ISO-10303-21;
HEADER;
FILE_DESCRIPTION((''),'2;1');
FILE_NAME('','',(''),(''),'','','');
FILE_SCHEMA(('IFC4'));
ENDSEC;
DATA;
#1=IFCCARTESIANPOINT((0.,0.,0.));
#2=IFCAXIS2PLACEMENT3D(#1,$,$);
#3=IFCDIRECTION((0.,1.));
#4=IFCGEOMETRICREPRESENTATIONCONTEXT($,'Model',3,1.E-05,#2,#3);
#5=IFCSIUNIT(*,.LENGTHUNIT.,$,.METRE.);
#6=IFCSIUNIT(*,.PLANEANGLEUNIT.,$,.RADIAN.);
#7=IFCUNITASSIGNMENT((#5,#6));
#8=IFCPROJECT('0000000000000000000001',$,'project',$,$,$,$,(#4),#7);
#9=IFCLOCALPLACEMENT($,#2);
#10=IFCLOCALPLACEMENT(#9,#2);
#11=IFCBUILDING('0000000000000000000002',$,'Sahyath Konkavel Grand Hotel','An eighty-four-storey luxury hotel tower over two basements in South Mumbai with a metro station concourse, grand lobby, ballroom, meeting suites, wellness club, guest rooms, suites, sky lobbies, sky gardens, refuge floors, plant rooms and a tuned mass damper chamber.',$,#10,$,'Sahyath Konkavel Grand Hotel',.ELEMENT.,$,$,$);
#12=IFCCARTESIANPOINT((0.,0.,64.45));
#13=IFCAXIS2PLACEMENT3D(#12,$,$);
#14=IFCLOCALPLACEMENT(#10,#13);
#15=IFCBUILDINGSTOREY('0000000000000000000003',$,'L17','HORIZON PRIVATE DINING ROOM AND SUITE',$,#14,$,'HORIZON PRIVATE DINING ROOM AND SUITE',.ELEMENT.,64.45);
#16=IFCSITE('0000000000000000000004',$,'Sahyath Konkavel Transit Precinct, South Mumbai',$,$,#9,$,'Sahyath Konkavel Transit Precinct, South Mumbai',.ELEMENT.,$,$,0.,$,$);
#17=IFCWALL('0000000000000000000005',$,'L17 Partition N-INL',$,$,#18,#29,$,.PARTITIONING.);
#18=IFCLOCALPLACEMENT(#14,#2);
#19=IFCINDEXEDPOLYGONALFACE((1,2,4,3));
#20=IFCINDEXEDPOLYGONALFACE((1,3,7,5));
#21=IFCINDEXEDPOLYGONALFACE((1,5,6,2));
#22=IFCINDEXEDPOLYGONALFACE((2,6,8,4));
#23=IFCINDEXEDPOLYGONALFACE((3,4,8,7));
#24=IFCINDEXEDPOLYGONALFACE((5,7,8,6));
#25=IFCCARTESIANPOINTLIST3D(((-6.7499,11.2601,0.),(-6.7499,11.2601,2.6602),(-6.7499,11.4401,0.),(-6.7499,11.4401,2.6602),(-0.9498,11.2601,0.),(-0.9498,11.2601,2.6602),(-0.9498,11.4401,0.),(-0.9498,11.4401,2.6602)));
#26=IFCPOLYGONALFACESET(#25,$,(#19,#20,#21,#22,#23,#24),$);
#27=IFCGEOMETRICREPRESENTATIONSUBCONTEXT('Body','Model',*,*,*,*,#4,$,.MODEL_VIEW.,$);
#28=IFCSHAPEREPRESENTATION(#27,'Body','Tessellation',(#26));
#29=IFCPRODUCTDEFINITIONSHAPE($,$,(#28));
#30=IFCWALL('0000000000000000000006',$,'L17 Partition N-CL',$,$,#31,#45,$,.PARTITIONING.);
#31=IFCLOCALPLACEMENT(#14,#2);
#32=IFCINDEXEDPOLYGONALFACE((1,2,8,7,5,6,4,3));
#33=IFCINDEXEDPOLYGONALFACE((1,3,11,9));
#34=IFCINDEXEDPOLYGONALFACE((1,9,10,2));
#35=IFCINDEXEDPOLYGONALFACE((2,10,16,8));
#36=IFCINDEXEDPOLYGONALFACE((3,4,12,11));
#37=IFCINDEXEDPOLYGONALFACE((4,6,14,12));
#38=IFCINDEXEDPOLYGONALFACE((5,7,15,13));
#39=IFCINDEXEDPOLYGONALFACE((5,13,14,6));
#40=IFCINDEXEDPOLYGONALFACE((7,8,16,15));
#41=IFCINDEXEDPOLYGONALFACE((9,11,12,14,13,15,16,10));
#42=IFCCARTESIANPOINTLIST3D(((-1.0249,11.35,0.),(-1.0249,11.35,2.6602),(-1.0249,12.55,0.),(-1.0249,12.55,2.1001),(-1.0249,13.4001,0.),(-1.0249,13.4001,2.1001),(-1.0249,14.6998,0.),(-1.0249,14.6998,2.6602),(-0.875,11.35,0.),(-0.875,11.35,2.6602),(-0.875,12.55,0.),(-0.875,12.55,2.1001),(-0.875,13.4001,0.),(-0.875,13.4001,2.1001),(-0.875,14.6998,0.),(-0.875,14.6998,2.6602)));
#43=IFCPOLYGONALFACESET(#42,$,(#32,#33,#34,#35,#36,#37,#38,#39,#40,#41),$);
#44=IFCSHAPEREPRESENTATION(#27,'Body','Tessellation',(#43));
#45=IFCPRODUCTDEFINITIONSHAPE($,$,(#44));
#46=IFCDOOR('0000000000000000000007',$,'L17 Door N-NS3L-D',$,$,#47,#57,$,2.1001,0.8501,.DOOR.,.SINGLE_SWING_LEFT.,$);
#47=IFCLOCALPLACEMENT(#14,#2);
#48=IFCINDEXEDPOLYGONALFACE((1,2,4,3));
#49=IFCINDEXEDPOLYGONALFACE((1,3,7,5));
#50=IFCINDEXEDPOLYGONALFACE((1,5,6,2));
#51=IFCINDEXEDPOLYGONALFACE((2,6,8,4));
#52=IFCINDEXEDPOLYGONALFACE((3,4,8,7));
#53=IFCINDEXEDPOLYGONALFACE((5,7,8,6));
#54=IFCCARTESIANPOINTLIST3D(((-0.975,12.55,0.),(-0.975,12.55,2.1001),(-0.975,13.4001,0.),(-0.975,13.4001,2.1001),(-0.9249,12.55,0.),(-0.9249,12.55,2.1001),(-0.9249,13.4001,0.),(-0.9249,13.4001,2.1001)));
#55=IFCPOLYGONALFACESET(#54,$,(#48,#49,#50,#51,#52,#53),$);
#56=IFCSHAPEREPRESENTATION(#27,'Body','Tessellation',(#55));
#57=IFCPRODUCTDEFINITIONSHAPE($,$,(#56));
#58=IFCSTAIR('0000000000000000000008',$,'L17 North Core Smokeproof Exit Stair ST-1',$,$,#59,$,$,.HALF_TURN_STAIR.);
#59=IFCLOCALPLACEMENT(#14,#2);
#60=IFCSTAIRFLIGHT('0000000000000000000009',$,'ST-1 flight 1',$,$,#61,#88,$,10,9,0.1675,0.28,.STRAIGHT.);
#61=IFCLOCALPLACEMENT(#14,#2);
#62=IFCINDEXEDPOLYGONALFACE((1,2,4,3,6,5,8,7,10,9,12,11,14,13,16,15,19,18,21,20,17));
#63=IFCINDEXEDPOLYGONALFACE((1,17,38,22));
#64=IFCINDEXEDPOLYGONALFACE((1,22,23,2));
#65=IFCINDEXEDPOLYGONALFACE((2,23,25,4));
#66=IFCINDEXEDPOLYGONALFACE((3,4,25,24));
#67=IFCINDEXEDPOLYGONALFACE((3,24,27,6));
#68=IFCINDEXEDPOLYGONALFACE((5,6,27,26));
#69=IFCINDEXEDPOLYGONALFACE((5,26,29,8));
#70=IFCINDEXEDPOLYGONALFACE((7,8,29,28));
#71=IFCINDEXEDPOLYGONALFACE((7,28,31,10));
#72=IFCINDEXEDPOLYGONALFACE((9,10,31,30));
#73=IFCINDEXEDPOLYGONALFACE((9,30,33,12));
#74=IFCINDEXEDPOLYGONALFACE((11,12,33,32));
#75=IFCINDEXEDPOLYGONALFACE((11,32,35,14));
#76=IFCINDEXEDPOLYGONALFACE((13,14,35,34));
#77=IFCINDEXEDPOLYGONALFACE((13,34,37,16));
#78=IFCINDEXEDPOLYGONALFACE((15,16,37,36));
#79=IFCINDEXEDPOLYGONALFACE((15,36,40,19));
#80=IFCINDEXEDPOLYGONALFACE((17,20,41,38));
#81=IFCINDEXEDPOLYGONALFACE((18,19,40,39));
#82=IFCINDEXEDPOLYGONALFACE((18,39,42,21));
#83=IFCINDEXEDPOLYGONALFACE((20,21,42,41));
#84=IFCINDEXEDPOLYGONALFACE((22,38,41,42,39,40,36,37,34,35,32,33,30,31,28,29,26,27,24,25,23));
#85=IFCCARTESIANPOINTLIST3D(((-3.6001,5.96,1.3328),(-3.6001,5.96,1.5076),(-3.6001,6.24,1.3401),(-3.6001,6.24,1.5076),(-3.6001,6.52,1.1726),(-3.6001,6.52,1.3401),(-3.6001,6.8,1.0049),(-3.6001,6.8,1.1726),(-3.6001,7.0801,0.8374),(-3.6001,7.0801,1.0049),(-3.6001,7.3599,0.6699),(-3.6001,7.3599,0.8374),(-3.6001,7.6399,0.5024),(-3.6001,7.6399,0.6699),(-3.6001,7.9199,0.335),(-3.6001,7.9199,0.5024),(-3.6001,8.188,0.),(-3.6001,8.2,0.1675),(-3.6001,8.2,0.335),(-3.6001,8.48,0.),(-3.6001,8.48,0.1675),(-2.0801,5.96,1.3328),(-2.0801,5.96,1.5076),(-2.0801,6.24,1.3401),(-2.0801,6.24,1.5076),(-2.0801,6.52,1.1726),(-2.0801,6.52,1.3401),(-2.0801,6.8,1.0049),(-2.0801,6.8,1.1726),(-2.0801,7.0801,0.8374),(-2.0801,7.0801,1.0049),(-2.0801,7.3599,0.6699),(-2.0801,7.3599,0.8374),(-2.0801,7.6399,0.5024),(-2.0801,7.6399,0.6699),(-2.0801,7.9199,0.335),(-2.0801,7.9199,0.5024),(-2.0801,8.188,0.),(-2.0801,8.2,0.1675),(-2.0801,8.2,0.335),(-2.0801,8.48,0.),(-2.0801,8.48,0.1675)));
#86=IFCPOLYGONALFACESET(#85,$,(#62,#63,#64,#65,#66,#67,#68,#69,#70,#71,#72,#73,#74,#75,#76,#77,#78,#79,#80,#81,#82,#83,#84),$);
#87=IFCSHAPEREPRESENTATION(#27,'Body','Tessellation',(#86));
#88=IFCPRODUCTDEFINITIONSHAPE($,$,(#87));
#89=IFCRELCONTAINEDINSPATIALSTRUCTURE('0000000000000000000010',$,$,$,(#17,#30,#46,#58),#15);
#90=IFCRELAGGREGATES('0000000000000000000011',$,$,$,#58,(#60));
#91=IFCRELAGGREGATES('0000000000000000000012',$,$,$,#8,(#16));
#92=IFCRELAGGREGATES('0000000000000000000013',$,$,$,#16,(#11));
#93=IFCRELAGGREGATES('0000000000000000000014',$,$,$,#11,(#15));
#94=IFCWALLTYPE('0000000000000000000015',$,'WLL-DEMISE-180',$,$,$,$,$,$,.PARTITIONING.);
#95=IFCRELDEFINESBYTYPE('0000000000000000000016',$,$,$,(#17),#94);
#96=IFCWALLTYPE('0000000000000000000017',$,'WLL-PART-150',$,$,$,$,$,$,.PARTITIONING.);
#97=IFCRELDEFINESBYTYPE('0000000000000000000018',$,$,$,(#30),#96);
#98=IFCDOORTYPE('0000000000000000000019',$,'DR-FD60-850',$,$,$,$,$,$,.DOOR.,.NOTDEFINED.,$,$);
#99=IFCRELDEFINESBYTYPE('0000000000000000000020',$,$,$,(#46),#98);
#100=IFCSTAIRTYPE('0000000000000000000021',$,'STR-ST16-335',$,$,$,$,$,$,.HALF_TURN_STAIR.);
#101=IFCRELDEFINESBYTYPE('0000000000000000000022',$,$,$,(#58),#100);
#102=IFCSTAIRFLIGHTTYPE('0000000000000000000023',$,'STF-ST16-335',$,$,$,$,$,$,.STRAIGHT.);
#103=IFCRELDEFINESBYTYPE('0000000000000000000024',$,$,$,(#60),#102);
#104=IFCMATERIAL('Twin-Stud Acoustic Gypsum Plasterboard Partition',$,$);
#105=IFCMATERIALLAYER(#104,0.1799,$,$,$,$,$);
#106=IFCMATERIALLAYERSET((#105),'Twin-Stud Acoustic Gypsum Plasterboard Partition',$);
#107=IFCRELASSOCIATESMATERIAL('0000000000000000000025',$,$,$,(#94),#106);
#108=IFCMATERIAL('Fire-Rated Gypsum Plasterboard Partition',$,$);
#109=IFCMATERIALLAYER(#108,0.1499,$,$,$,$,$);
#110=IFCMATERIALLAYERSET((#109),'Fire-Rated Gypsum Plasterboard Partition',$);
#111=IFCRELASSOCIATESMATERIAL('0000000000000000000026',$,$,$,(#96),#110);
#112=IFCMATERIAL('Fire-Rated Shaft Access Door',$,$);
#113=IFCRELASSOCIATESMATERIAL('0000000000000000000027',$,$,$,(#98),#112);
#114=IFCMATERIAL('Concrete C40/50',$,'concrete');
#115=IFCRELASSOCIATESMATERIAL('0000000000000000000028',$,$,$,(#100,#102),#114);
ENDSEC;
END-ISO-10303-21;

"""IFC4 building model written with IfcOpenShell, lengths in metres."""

from ifc_helpers import new_model, si_unit, direction, frame, frame_2d, origin, origin_2d, place, context, subcontext, project, spatial, polyline, rectangle, outline, extrude, source, transform, mapped, material, layer, layer_set, type_object, element, fill, aggregate, save


model = new_model("IFC4")

# Units and contexts
model_context = context("Model", 3, precision=1e-05, world=origin(), true_north=direction((0.0, 1.0)))
body_context = subcontext(model_context, "Body", "Model", "MODEL_VIEW")
ifc_project = project(units=[si_unit("LENGTHUNIT", "METRE"), si_unit("PLANEANGLEUNIT", "RADIAN")], contexts=[model_context])

# Site, building, storey
site_placement = place(None, origin())
site = spatial("IfcSite", under=ifc_project, at=site_placement, Name="Sahyath Konkavel Transit Precinct, South Mumbai", LongName="Sahyath Konkavel Transit Precinct, South Mumbai", CompositionType="ELEMENT", RefElevation=0.0)
building_placement = place(site_placement, origin())
building = spatial("IfcBuilding", under=site, at=building_placement, Name="Sahyath Konkavel Grand Hotel", Description="An eighty-four-storey luxury hotel tower over two basements in South Mumbai with a metro station concourse, grand lobby, ballroom, meeting suites, wellness club, guest rooms, suites, sky lobbies, sky gardens, refuge floors, plant rooms and a tuned mass damper chamber.", LongName="Sahyath Konkavel Grand Hotel", CompositionType="ELEMENT")
storey_placement = place(building_placement, frame((0.0, 0.0, 64.45)))
storey = spatial("IfcBuildingStorey", under=building, at=storey_placement, Name="L17", Description="HORIZON PRIVATE DINING ROOM AND SUITE", LongName="HORIZON PRIVATE DINING ROOM AND SUITE", CompositionType="ELEMENT", Elevation=64.45)

# Wall
ifc_material_1 = material(Name="Twin-Stud Acoustic Gypsum Plasterboard Partition")
ifc_layer_1 = layer(ifc_material_1, 0.1799)
ifc_layer_set_1 = layer_set([ifc_layer_1], Name="Twin-Stud Acoustic Gypsum Plasterboard Partition")
wall_type_1 = type_object("IfcWallType", Name="WLL-DEMISE-180", PredefinedType="PARTITIONING", material=ifc_layer_set_1)
wall_1_placement = place(storey_placement, frame((-0.95, 11.3501, 0.0), z_axis=(0.0, 0.0, 1.0), x_axis=(-1.0, 0.0, 0.0)))
element("IfcWall", 1, at=wall_1_placement, inside=storey, type_object=wall_type_1, Name="L17 Partition N-INL", PredefinedType="PARTITIONING", context=body_context, shape_type="SweptSolid", body=[
    extrude(rectangle(XDim=5.8, YDim=0.1799, at=frame_2d((2.8999, 0.0))), origin(), (0.0, 0.0, 1.0), 2.6602),
])

# Wall, opening, door
ifc_material_2 = material(Name="Fire-Rated Gypsum Plasterboard Partition")
ifc_layer_2 = layer(ifc_material_2, 0.1499)
ifc_layer_set_2 = layer_set([ifc_layer_2], Name="Fire-Rated Gypsum Plasterboard Partition")
wall_type_2 = type_object("IfcWallType", Name="WLL-PART-150", PredefinedType="PARTITIONING", material=ifc_layer_set_2)
wall_2_placement = place(storey_placement, frame((-0.95, 11.3501, 0.0), z_axis=(0.0, 0.0, 1.0), x_axis=(0.0, 1.0, 0.0)))
wall_2 = element("IfcWall", 2, at=wall_2_placement, inside=storey, type_object=wall_type_2, Name="L17 Partition N-CL", PredefinedType="PARTITIONING", context=body_context, shape_type="SweptSolid", body=[
    extrude(rectangle(XDim=3.3499, YDim=0.1499, at=frame_2d((1.6748, 0.0))), origin(), (0.0, 0.0, 1.0), 2.6602),
])
opening_placement = place(wall_2_placement, frame((1.2, 0.0, 0.0)))
opening = element("IfcOpeningElement", 3, at=opening_placement, cuts=wall_2, PredefinedType="OPENING", context=body_context, shape_type="SweptSolid", body=[
    extrude(rectangle(XDim=0.8501, YDim=2.1001, at=frame_2d((0.425, 1.05))), frame((0.0, 0.085, 0.0), z_axis=(0.0, -1.0, 0.0), x_axis=(1.0, 0.0, 0.0)), (0.0, 0.0, 1.0), 0.1699),
])
ifc_material_3 = material(Name="Fire-Rated Shaft Access Door")
door_type = type_object("IfcDoorType", Name="DR-FD60-850", OperationType="NOTDEFINED", PredefinedType="DOOR", material=ifc_material_3)
shared_shape_1 = source(origin(), body_context, "Body", "SweptSolid", [
    extrude(rectangle(XDim=0.8501, YDim=0.05, at=origin_2d()), origin(), (0.0, 0.0, 1.0), 2.1001),
])
door_placement = place(opening_placement, frame((0.425, 0.0, 0.0)))
door = element("IfcDoor", 4, at=door_placement, inside=storey, type_object=door_type, Name="L17 Door N-NS3L-D", OperationType="SINGLE_SWING_LEFT", OverallHeight=2.1001, OverallWidth=0.8501, PredefinedType="DOOR", context=body_context, shape_type="MappedRepresentation", body=[
    mapped(shared_shape_1, transform((0.0, 0.0, 0.0), scale=1.0)),
])
fill(opening, door)

# Stair, stair flight
ifc_material_4 = material(Name="Concrete C40/50", Category="concrete")
stair_type = type_object("IfcStairType", Name="STR-ST16-335", PredefinedType="HALF_TURN_STAIR", material=ifc_material_4)
stair_placement = place(storey_placement, origin())
stair = element("IfcStair", 5, at=stair_placement, inside=storey, type_object=stair_type, Name="L17 North Core Smokeproof Exit Stair ST-1", PredefinedType="HALF_TURN_STAIR")
stair_flight_type = type_object("IfcStairFlightType", Name="STF-ST16-335", PredefinedType="STRAIGHT", material=ifc_material_4)
stair_flight_placement = place(storey_placement, frame((-2.8401, 8.48, 0.0), z_axis=(0.0, 0.0, 1.0), x_axis=(0.0, -1.0, 0.0)))
stair_flight = element("IfcStairFlight", 6, at=stair_flight_placement, type_object=stair_flight_type, Name="ST-1 flight 1", NumberOfRisers=10, NumberOfTreads=9, PredefinedType="STRAIGHT", RiserHeight=0.1675, TreadLength=0.28, context=body_context, shape_type="SweptSolid", body=[
    extrude(outline(polyline([(0.0, 0.0), (0.0, 0.1675), (0.28, 0.1675), (0.28, 0.335), (0.5601, 0.335), (0.5601, 0.5024), (0.8401, 0.5024), (0.8401, 0.6699), (1.1201, 0.6699), (1.1201, 0.8374), (1.3999, 0.8374), (1.3999, 1.0049), (1.6799, 1.0049), (1.6799, 1.1726), (1.96, 1.1726), (1.96, 1.3401), (2.24, 1.3401), (2.24, 1.5076), (2.52, 1.5076), (2.52, 1.675), (2.52, 1.3328), (0.292, 0.0), (0.0, 0.0)])), frame((0.0, 0.76, 0.0), z_axis=(0.0, -1.0, 0.0), x_axis=(1.0, 0.0, 0.0)), (0.0, 0.0, 1.0), 1.52),
])
aggregate(stair, [stair_flight])

save(model, "model.ifc")
